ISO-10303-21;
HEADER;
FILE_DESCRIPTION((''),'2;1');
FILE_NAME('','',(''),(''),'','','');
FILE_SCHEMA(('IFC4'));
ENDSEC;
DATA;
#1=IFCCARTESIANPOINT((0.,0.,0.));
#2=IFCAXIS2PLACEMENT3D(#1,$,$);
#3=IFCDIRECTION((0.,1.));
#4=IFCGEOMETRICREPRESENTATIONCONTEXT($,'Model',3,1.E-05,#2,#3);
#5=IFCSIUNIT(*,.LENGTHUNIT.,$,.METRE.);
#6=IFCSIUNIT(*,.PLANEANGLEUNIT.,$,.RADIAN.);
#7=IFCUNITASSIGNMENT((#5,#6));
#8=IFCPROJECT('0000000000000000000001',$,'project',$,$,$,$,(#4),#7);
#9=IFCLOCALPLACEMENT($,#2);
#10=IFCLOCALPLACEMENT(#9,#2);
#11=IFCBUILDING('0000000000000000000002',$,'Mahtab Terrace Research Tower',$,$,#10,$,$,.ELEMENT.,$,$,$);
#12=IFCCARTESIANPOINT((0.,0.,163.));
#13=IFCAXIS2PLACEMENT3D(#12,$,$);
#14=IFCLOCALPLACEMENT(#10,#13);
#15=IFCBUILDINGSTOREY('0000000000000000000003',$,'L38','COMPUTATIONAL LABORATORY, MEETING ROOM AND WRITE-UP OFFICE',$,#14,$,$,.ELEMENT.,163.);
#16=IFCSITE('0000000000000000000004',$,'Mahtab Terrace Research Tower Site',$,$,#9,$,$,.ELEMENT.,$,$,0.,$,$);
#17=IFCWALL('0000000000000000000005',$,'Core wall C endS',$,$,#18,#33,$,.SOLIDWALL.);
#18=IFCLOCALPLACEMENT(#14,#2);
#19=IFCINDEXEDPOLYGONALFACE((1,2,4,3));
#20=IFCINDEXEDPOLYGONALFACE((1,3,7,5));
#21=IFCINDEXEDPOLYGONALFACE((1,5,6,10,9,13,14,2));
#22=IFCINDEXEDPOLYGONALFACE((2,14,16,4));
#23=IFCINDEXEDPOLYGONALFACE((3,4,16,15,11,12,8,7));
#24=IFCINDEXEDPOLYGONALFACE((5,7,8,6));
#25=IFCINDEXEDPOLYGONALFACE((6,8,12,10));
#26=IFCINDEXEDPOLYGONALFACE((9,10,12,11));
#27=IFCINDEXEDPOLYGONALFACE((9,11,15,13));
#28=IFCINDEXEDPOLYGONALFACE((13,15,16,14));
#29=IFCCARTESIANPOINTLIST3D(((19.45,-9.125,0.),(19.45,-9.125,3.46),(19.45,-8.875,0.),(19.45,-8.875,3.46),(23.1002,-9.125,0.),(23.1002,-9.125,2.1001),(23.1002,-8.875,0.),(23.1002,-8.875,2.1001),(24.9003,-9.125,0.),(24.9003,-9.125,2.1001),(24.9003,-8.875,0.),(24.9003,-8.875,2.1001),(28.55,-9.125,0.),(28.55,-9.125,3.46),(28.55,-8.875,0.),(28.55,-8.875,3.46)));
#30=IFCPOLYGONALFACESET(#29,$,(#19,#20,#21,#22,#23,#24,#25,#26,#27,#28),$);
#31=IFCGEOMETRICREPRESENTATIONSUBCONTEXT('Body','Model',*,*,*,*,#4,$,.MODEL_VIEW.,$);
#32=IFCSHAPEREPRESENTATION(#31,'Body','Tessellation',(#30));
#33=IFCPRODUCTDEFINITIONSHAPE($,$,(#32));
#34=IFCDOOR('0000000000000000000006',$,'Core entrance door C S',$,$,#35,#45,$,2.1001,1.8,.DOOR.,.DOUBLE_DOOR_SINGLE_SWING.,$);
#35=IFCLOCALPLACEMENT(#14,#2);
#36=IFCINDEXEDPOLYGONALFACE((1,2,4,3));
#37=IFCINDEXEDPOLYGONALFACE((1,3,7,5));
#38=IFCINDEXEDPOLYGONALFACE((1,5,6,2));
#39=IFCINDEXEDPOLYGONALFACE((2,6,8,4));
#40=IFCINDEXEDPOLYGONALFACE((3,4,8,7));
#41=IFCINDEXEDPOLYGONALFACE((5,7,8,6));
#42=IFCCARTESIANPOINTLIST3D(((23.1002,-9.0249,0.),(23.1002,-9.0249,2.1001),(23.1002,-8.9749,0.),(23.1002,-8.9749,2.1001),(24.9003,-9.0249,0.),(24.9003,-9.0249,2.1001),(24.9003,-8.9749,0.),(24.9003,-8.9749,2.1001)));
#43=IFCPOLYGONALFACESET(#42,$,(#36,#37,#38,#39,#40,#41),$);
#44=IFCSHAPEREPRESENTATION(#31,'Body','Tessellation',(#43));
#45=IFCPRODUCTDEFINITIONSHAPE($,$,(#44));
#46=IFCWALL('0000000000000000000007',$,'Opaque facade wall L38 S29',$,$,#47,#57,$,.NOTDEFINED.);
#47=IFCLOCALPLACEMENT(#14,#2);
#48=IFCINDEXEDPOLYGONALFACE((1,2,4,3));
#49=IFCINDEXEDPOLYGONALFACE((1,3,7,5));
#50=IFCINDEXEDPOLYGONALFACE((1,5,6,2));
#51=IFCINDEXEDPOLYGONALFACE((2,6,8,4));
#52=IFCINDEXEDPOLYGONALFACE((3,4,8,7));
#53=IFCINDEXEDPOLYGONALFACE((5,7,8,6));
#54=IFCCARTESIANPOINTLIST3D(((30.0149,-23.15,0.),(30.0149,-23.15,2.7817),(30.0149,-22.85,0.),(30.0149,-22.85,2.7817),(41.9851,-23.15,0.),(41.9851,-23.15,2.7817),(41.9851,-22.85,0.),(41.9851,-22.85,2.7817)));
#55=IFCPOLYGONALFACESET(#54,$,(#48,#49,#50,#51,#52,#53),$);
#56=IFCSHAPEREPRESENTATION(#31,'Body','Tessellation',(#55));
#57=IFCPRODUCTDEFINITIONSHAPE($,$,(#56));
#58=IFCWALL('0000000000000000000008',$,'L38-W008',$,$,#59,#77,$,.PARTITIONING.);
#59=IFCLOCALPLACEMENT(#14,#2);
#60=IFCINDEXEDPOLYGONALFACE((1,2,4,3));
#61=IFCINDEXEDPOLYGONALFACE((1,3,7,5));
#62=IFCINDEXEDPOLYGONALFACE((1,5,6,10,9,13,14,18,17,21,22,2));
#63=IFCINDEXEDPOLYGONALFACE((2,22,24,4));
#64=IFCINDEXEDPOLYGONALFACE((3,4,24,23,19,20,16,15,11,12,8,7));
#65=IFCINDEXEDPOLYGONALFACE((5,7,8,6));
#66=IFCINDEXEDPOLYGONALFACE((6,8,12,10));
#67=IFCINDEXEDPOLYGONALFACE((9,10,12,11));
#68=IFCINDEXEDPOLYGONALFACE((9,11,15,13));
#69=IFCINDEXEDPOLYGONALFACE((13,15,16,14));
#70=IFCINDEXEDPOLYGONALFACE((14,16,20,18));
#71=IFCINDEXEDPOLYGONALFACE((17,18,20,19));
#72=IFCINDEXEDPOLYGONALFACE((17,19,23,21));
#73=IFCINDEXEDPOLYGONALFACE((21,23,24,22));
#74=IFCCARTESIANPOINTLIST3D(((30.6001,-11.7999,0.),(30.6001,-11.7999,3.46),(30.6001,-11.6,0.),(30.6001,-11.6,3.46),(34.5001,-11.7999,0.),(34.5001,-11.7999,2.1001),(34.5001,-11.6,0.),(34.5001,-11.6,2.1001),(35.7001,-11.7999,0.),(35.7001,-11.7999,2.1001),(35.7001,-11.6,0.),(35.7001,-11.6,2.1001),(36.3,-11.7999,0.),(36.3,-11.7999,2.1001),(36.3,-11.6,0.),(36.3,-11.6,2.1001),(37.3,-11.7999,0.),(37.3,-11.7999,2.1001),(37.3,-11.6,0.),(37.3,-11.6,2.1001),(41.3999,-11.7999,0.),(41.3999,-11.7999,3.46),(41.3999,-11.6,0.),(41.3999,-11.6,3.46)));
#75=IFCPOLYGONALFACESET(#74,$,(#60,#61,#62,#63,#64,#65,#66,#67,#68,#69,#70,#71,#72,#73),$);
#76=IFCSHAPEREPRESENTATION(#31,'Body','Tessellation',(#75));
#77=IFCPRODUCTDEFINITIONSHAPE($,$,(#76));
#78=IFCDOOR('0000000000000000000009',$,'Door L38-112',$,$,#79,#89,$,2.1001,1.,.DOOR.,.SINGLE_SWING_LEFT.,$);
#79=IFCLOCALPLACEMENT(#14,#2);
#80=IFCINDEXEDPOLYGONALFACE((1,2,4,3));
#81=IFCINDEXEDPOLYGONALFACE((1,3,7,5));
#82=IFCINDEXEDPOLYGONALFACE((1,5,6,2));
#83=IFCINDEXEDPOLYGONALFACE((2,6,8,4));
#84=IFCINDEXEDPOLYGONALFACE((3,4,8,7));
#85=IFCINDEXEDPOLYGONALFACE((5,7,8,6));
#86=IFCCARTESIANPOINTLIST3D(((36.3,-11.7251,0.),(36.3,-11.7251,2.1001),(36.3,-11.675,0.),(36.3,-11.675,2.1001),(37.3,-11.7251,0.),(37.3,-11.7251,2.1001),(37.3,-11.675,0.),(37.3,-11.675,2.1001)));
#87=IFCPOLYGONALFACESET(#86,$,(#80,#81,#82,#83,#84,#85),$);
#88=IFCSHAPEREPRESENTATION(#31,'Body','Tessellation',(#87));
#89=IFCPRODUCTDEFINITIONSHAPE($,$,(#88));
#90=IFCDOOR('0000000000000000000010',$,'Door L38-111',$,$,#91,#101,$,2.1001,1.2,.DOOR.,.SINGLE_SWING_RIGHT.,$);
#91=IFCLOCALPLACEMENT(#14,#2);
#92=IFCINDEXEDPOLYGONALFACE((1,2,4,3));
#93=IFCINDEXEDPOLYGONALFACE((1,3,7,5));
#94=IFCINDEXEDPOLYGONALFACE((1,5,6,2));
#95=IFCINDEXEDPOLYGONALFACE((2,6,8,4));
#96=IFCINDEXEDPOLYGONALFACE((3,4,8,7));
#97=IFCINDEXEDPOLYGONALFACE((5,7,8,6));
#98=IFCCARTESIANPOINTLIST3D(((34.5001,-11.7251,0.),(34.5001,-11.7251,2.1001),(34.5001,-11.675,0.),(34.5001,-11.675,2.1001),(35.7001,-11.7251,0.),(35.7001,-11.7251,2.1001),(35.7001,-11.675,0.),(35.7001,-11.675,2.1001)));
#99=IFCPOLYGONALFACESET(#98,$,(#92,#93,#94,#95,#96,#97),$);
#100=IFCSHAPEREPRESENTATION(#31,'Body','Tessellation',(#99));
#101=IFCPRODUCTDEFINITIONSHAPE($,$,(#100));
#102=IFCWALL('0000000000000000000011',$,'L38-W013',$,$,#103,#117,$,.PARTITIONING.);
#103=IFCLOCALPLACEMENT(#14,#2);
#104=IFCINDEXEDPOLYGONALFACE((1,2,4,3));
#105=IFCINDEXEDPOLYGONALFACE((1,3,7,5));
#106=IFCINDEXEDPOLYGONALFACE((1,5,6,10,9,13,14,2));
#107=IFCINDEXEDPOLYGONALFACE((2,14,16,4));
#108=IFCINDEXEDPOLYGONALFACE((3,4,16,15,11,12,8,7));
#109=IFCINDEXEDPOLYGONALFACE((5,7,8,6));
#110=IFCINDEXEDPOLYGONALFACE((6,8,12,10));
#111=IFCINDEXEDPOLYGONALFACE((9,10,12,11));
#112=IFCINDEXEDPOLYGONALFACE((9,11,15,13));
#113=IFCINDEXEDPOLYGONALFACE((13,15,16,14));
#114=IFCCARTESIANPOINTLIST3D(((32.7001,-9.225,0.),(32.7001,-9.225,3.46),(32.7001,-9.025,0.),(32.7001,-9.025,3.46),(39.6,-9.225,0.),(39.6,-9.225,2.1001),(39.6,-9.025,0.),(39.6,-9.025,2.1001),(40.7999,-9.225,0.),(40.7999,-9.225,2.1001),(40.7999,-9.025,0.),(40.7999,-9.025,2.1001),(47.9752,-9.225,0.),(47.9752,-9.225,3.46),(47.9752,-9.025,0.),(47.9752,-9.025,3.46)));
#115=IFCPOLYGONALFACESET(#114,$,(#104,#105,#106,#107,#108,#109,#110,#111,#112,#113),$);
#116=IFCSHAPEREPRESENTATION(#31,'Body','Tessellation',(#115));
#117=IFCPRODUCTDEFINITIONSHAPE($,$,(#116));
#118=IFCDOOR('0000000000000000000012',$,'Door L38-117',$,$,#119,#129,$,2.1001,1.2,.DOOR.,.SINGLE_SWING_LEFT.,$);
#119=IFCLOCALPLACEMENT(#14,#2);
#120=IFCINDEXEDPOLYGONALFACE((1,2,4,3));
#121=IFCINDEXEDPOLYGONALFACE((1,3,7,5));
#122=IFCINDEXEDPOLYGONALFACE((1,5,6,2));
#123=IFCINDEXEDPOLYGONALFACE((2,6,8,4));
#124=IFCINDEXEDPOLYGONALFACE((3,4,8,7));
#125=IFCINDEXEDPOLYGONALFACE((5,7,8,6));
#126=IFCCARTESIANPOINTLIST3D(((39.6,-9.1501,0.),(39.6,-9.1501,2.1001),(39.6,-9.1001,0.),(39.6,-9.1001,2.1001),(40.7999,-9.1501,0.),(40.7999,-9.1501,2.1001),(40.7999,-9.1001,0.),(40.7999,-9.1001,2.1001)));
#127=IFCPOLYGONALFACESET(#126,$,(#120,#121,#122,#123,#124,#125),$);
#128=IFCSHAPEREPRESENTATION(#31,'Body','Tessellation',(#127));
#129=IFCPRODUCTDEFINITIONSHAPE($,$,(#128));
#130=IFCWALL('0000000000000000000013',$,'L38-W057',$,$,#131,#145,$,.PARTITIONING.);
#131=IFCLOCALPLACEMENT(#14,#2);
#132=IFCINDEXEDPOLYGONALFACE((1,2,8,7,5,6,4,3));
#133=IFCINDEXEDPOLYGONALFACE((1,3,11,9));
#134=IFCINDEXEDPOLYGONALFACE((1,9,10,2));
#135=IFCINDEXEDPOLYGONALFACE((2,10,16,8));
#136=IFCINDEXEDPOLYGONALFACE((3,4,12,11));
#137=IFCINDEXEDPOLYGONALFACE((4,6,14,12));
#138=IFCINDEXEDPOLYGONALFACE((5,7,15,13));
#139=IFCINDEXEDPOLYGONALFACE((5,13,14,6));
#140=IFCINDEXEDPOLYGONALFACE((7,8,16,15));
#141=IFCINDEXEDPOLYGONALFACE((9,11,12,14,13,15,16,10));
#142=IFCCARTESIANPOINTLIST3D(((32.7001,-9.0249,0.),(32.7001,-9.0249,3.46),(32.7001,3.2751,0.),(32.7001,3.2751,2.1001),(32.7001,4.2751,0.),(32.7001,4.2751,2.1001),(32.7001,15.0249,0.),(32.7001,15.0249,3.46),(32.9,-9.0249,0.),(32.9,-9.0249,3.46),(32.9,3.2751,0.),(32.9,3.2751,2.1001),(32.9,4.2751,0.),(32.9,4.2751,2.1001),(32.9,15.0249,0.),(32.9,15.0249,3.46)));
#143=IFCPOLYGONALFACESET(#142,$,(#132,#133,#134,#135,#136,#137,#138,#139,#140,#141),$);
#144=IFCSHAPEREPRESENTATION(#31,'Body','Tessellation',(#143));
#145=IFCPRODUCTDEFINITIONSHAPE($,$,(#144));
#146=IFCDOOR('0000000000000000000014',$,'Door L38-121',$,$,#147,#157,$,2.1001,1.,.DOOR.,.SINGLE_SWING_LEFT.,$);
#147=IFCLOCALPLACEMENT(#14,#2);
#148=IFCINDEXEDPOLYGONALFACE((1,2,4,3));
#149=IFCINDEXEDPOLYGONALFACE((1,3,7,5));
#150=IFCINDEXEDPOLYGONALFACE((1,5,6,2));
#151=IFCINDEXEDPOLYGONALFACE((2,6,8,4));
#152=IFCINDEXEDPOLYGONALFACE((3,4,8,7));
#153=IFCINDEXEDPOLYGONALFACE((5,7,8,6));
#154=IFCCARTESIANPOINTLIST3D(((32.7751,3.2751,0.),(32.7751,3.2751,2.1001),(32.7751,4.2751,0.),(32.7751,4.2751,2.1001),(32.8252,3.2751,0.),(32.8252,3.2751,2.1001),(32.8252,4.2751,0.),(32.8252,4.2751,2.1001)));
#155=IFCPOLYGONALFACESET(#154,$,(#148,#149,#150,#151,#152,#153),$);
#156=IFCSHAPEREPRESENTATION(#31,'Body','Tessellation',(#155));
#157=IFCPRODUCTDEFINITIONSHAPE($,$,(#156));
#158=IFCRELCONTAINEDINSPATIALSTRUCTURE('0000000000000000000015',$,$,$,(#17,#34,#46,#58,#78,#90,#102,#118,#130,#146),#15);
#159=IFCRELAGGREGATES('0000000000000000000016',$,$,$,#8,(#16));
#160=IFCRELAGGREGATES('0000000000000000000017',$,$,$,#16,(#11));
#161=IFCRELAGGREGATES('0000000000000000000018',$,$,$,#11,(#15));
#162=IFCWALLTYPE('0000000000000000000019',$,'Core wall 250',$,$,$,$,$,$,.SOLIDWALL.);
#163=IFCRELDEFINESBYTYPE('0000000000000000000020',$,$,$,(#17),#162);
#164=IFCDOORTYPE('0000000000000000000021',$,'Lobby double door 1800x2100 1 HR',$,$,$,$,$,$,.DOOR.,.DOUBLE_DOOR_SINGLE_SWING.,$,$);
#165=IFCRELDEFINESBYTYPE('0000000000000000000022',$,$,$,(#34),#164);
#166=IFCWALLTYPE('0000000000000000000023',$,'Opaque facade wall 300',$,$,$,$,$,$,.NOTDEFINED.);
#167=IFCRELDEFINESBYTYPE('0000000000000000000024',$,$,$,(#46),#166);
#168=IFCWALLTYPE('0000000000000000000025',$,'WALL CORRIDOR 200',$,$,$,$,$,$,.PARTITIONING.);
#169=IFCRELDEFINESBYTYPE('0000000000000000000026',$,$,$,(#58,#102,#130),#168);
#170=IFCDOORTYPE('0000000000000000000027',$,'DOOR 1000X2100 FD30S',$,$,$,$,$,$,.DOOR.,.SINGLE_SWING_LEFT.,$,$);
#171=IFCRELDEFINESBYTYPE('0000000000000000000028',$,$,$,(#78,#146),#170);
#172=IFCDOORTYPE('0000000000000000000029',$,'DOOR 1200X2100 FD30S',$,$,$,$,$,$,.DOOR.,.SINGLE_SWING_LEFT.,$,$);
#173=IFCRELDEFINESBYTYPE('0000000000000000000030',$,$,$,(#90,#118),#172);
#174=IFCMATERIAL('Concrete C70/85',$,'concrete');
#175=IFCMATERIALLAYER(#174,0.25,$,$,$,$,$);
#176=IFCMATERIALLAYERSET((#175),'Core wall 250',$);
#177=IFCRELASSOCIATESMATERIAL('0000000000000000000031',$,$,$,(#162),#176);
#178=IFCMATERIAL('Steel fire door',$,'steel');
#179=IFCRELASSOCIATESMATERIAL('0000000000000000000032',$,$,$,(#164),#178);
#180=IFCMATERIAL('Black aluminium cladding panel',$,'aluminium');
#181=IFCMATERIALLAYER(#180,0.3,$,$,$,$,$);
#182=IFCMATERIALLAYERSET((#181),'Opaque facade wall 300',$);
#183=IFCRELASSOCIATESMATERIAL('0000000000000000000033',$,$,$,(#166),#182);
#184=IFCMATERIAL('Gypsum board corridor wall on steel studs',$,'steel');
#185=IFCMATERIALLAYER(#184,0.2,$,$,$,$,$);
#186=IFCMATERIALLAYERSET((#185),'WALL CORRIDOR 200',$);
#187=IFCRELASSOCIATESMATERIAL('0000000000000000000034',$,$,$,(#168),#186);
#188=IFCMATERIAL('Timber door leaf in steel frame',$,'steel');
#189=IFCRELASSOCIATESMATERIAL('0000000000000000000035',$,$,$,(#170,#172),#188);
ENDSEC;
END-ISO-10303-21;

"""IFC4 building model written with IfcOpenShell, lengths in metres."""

from ifc_helpers import new_model, si_unit, direction, frame, frame_2d, origin, place, context, subcontext, project, spatial, rectangle, extrude, material, layer, layer_set, type_object, element, fill, save


model = new_model("IFC4")

# Units and contexts
model_context = context("Model", 3, precision=1e-05, world=origin(), true_north=direction((0.0, 1.0)))
body_context = subcontext(model_context, "Body", "Model", "MODEL_VIEW")
ifc_project = project(units=[si_unit("LENGTHUNIT", "METRE"), si_unit("PLANEANGLEUNIT", "RADIAN")], contexts=[model_context])

# Site, building, storey
site_placement = place(None, origin())
site = spatial("IfcSite", under=ifc_project, at=site_placement, Name="Mahtab Terrace Research Tower Site", CompositionType="ELEMENT", RefElevation=0.0)
building_placement = place(site_placement, origin())
building = spatial("IfcBuilding", under=site, at=building_placement, Name="Mahtab Terrace Research Tower", CompositionType="ELEMENT")
storey_placement = place(building_placement, frame((0.0, 0.0, 163.0)))
storey = spatial("IfcBuildingStorey", under=building, at=storey_placement, Name="L38", Description="COMPUTATIONAL LABORATORY, MEETING ROOM AND WRITE-UP OFFICE", CompositionType="ELEMENT", Elevation=163.0)

# Shared definitions
ifc_material_1 = material(Name="Concrete C70/85", Category="concrete")

# Shared definitions
ifc_layer_1 = layer(ifc_material_1, 0.25)
ifc_layer_set_1 = layer_set([ifc_layer_1], Name="Core wall 250")
wall_type_1 = type_object("IfcWallType", Name="Core wall 250", PredefinedType="SOLIDWALL", material=ifc_layer_set_1)
ifc_material_2 = material(Name="Steel fire door", Category="steel")

# Wall, opening, door
wall_1_placement = place(storey_placement, frame((28.55, -9.0, 0.0), z_axis=(0.0, 0.0, 1.0), x_axis=(-1.0, 0.0, 0.0)))
wall_1 = element("IfcWall", 1, at=wall_1_placement, inside=storey, type_object=wall_type_1, Name="Core wall C endS", PredefinedType="SOLIDWALL", context=body_context, shape_type="SweptSolid", body=[
    extrude(rectangle(XDim=9.1001, YDim=0.25, at=frame_2d((4.55, 0.0))), origin(), (0.0, 0.0, 1.0), 3.46),
])
opening_1_placement = place(wall_1_placement, frame((3.6499, 0.0, 0.0)))
opening_1 = element("IfcOpeningElement", 2, at=opening_1_placement, cuts=wall_1, PredefinedType="OPENING", context=body_context, shape_type="SweptSolid", body=[
    extrude(rectangle(XDim=1.8, YDim=2.1001, at=frame_2d((0.8999, 1.05))), frame((0.0, 0.135, 0.0), z_axis=(0.0, -1.0, 0.0), x_axis=(1.0, 0.0, 0.0)), (0.0, 0.0, 1.0), 0.27),
])
door_type_1 = type_object("IfcDoorType", Name="Lobby double door 1800x2100 1 HR", OperationType="DOUBLE_DOOR_SINGLE_SWING", PredefinedType="DOOR", material=ifc_material_2)
door_1_placement = place(opening_1_placement, origin())
door_1 = element("IfcDoor", 3, at=door_1_placement, inside=storey, type_object=door_type_1, Name="Core entrance door C S", OperationType="DOUBLE_DOOR_SINGLE_SWING", OverallHeight=2.1001, OverallWidth=1.8, PredefinedType="DOOR", context=body_context, shape_type="SweptSolid", body=[
    extrude(rectangle(XDim=1.8, YDim=2.1001, at=frame_2d((0.8999, 1.05))), frame((0.0, 0.0249, 0.0), z_axis=(0.0, -1.0, 0.0), x_axis=(1.0, 0.0, 0.0)), (0.0, 0.0, 1.0), 0.05),
])
fill(opening_1, door_1)

# Wall
ifc_material_3 = material(Name="Black aluminium cladding panel", Category="aluminium")
ifc_layer_2 = layer(ifc_material_3, 0.3)
ifc_layer_set_2 = layer_set([ifc_layer_2], Name="Opaque facade wall 300")
wall_type_2 = type_object("IfcWallType", Name="Opaque facade wall 300", PredefinedType="NOTDEFINED", material=ifc_layer_set_2)
wall_2_placement = place(storey_placement, frame((30.0149, -23.0, 0.0), z_axis=(0.0, 0.0, 1.0), x_axis=(1.0, 0.0, 0.0)))
element("IfcWall", 4, at=wall_2_placement, inside=storey, type_object=wall_type_2, Name="Opaque facade wall L38 S29", PredefinedType="NOTDEFINED", context=body_context, shape_type="SweptSolid", body=[
    extrude(rectangle(XDim=11.9702, YDim=0.3, at=frame_2d((5.9851, 0.0))), origin(), (0.0, 0.0, 1.0), 2.7817),
])

# Wall, openings, doors
ifc_material_4 = material(Name="Gypsum board corridor wall on steel studs", Category="steel")
ifc_layer_3 = layer(ifc_material_4, 0.2)
ifc_layer_set_3 = layer_set([ifc_layer_3], Name="WALL CORRIDOR 200")
wall_type_3 = type_object("IfcWallType", Name="WALL CORRIDOR 200", PredefinedType="PARTITIONING", material=ifc_layer_set_3)
wall_3_placement = place(storey_placement, frame((30.6001, -11.7, 0.0), z_axis=(0.0, 0.0, 1.0), x_axis=(1.0, 0.0, 0.0)))
wall_3 = element("IfcWall", 5, at=wall_3_placement, inside=storey, type_object=wall_type_3, Name="L38-W008", PredefinedType="PARTITIONING", context=body_context, shape_type="SweptSolid", body=[
    extrude(rectangle(XDim=10.7998, YDim=0.2, at=frame_2d((5.3999, 0.0))), origin(), (0.0, 0.0, 1.0), 3.46),
])
opening_2_placement = place(wall_3_placement, frame((3.8999, 0.0, 0.0)))
opening_2 = element("IfcOpeningElement", 6, at=opening_2_placement, cuts=wall_3, PredefinedType="OPENING", context=body_context, shape_type="SweptSolid", body=[
    extrude(rectangle(XDim=1.2, YDim=2.1001, at=frame_2d((0.6001, 1.05))), frame((0.0, 0.1099, 0.0), z_axis=(0.0, -1.0, 0.0), x_axis=(1.0, 0.0, 0.0)), (0.0, 0.0, 1.0), 0.22),
])
opening_3_placement = place(wall_3_placement, frame((5.7, 0.0, 0.0)))
opening_3 = element("IfcOpeningElement", 7, at=opening_3_placement, cuts=wall_3, PredefinedType="OPENING", context=body_context, shape_type="SweptSolid", body=[
    extrude(rectangle(XDim=1.0, YDim=2.1001, at=frame_2d((0.5, 1.05))), frame((0.0, 0.1099, 0.0), z_axis=(0.0, -1.0, 0.0), x_axis=(1.0, 0.0, 0.0)), (0.0, 0.0, 1.0), 0.22),
])
ifc_material_5 = material(Name="Timber door leaf in steel frame", Category="steel")
door_type_2 = type_object("IfcDoorType", Name="DOOR 1000X2100 FD30S", OperationType="SINGLE_SWING_LEFT", PredefinedType="DOOR", material=ifc_material_5)
door_2_placement = place(opening_3_placement, origin())
door_2 = element("IfcDoor", 8, at=door_2_placement, inside=storey, type_object=door_type_2, Name="Door L38-112", OperationType="SINGLE_SWING_LEFT", OverallHeight=2.1001, OverallWidth=1.0, PredefinedType="DOOR", context=body_context, shape_type="SweptSolid", body=[
    extrude(rectangle(XDim=1.0, YDim=2.1001, at=frame_2d((0.5, 1.05))), frame((0.0, 0.0249, 0.0), z_axis=(0.0, -1.0, 0.0), x_axis=(1.0, 0.0, 0.0)), (0.0, 0.0, 1.0), 0.05),
])
fill(opening_3, door_2)
door_type_3 = type_object("IfcDoorType", Name="DOOR 1200X2100 FD30S", OperationType="SINGLE_SWING_LEFT", PredefinedType="DOOR", material=ifc_material_5)
door_3_placement = place(opening_2_placement, origin())
door_3 = element("IfcDoor", 9, at=door_3_placement, inside=storey, type_object=door_type_3, Name="Door L38-111", OperationType="SINGLE_SWING_RIGHT", OverallHeight=2.1001, OverallWidth=1.2, PredefinedType="DOOR", context=body_context, shape_type="SweptSolid", body=[
    extrude(rectangle(XDim=1.2, YDim=2.1001, at=frame_2d((0.6001, 1.05))), frame((0.0, 0.0249, 0.0), z_axis=(0.0, -1.0, 0.0), x_axis=(1.0, 0.0, 0.0)), (0.0, 0.0, 1.0), 0.05),
])
fill(opening_2, door_3)

# Walls, openings, doors
wall_4_placement = place(storey_placement, frame((32.7, -9.125, 0.0), z_axis=(0.0, 0.0, 1.0), x_axis=(1.0, 0.0, 0.0)))
wall_4 = element("IfcWall", 10, at=wall_4_placement, inside=storey, type_object=wall_type_3, Name="L38-W013", PredefinedType="PARTITIONING", context=body_context, shape_type="SweptSolid", body=[
    extrude(rectangle(XDim=15.2751, YDim=0.2, at=frame_2d((7.6377, 0.0))), origin(), (0.0, 0.0, 1.0), 3.46),
])
opening_4_placement = place(wall_4_placement, frame((6.8999, 0.0, 0.0)))
opening_4 = element("IfcOpeningElement", 11, at=opening_4_placement, cuts=wall_4, PredefinedType="OPENING", context=body_context, shape_type="SweptSolid", body=[
    extrude(rectangle(XDim=1.2, YDim=2.1001, at=frame_2d((0.6001, 1.05))), frame((0.0, 0.1099, 0.0), z_axis=(0.0, -1.0, 0.0), x_axis=(1.0, 0.0, 0.0)), (0.0, 0.0, 1.0), 0.22),
])
door_4_placement = place(opening_4_placement, origin())
door_4 = element("IfcDoor", 12, at=door_4_placement, inside=storey, type_object=door_type_3, Name="Door L38-117", OperationType="SINGLE_SWING_LEFT", OverallHeight=2.1001, OverallWidth=1.2, PredefinedType="DOOR", context=body_context, shape_type="SweptSolid", body=[
    extrude(rectangle(XDim=1.2, YDim=2.1001, at=frame_2d((0.6001, 1.05))), frame((0.0, 0.0249, 0.0), z_axis=(0.0, -1.0, 0.0), x_axis=(1.0, 0.0, 0.0)), (0.0, 0.0, 1.0), 0.05),
])
fill(opening_4, door_4)
wall_5_placement = place(storey_placement, frame((32.8, -9.0249, 0.0), z_axis=(0.0, 0.0, 1.0), x_axis=(0.0, 1.0, 0.0)))
wall_5 = element("IfcWall", 13, at=wall_5_placement, inside=storey, type_object=wall_type_3, Name="L38-W057", PredefinedType="PARTITIONING", context=body_context, shape_type="SweptSolid", body=[
    extrude(rectangle(XDim=24.0498, YDim=0.2, at=frame_2d((12.0249, 0.0))), origin(), (0.0, 0.0, 1.0), 3.46),
])
opening_5_placement = place(wall_5_placement, frame((12.3, 0.0, 0.0)))
opening_5 = element("IfcOpeningElement", 14, at=opening_5_placement, cuts=wall_5, PredefinedType="OPENING", context=body_context, shape_type="SweptSolid", body=[
    extrude(rectangle(XDim=1.0, YDim=2.1001, at=frame_2d((0.5, 1.05))), frame((0.0, 0.1099, 0.0), z_axis=(0.0, -1.0, 0.0), x_axis=(1.0, 0.0, 0.0)), (0.0, 0.0, 1.0), 0.22),
])
door_5_placement = place(opening_5_placement, origin())
door_5 = element("IfcDoor", 15, at=door_5_placement, inside=storey, type_object=door_type_2, Name="Door L38-121", OperationType="SINGLE_SWING_LEFT", OverallHeight=2.1001, OverallWidth=1.0, PredefinedType="DOOR", context=body_context, shape_type="SweptSolid", body=[
    extrude(rectangle(XDim=1.0, YDim=2.1001, at=frame_2d((0.5, 1.05))), frame((0.0, 0.0249, 0.0), z_axis=(0.0, -1.0, 0.0), x_axis=(1.0, 0.0, 0.0)), (0.0, 0.0, 1.0), 0.05),
])
fill(opening_5, door_5)

save(model, "model.ifc")
